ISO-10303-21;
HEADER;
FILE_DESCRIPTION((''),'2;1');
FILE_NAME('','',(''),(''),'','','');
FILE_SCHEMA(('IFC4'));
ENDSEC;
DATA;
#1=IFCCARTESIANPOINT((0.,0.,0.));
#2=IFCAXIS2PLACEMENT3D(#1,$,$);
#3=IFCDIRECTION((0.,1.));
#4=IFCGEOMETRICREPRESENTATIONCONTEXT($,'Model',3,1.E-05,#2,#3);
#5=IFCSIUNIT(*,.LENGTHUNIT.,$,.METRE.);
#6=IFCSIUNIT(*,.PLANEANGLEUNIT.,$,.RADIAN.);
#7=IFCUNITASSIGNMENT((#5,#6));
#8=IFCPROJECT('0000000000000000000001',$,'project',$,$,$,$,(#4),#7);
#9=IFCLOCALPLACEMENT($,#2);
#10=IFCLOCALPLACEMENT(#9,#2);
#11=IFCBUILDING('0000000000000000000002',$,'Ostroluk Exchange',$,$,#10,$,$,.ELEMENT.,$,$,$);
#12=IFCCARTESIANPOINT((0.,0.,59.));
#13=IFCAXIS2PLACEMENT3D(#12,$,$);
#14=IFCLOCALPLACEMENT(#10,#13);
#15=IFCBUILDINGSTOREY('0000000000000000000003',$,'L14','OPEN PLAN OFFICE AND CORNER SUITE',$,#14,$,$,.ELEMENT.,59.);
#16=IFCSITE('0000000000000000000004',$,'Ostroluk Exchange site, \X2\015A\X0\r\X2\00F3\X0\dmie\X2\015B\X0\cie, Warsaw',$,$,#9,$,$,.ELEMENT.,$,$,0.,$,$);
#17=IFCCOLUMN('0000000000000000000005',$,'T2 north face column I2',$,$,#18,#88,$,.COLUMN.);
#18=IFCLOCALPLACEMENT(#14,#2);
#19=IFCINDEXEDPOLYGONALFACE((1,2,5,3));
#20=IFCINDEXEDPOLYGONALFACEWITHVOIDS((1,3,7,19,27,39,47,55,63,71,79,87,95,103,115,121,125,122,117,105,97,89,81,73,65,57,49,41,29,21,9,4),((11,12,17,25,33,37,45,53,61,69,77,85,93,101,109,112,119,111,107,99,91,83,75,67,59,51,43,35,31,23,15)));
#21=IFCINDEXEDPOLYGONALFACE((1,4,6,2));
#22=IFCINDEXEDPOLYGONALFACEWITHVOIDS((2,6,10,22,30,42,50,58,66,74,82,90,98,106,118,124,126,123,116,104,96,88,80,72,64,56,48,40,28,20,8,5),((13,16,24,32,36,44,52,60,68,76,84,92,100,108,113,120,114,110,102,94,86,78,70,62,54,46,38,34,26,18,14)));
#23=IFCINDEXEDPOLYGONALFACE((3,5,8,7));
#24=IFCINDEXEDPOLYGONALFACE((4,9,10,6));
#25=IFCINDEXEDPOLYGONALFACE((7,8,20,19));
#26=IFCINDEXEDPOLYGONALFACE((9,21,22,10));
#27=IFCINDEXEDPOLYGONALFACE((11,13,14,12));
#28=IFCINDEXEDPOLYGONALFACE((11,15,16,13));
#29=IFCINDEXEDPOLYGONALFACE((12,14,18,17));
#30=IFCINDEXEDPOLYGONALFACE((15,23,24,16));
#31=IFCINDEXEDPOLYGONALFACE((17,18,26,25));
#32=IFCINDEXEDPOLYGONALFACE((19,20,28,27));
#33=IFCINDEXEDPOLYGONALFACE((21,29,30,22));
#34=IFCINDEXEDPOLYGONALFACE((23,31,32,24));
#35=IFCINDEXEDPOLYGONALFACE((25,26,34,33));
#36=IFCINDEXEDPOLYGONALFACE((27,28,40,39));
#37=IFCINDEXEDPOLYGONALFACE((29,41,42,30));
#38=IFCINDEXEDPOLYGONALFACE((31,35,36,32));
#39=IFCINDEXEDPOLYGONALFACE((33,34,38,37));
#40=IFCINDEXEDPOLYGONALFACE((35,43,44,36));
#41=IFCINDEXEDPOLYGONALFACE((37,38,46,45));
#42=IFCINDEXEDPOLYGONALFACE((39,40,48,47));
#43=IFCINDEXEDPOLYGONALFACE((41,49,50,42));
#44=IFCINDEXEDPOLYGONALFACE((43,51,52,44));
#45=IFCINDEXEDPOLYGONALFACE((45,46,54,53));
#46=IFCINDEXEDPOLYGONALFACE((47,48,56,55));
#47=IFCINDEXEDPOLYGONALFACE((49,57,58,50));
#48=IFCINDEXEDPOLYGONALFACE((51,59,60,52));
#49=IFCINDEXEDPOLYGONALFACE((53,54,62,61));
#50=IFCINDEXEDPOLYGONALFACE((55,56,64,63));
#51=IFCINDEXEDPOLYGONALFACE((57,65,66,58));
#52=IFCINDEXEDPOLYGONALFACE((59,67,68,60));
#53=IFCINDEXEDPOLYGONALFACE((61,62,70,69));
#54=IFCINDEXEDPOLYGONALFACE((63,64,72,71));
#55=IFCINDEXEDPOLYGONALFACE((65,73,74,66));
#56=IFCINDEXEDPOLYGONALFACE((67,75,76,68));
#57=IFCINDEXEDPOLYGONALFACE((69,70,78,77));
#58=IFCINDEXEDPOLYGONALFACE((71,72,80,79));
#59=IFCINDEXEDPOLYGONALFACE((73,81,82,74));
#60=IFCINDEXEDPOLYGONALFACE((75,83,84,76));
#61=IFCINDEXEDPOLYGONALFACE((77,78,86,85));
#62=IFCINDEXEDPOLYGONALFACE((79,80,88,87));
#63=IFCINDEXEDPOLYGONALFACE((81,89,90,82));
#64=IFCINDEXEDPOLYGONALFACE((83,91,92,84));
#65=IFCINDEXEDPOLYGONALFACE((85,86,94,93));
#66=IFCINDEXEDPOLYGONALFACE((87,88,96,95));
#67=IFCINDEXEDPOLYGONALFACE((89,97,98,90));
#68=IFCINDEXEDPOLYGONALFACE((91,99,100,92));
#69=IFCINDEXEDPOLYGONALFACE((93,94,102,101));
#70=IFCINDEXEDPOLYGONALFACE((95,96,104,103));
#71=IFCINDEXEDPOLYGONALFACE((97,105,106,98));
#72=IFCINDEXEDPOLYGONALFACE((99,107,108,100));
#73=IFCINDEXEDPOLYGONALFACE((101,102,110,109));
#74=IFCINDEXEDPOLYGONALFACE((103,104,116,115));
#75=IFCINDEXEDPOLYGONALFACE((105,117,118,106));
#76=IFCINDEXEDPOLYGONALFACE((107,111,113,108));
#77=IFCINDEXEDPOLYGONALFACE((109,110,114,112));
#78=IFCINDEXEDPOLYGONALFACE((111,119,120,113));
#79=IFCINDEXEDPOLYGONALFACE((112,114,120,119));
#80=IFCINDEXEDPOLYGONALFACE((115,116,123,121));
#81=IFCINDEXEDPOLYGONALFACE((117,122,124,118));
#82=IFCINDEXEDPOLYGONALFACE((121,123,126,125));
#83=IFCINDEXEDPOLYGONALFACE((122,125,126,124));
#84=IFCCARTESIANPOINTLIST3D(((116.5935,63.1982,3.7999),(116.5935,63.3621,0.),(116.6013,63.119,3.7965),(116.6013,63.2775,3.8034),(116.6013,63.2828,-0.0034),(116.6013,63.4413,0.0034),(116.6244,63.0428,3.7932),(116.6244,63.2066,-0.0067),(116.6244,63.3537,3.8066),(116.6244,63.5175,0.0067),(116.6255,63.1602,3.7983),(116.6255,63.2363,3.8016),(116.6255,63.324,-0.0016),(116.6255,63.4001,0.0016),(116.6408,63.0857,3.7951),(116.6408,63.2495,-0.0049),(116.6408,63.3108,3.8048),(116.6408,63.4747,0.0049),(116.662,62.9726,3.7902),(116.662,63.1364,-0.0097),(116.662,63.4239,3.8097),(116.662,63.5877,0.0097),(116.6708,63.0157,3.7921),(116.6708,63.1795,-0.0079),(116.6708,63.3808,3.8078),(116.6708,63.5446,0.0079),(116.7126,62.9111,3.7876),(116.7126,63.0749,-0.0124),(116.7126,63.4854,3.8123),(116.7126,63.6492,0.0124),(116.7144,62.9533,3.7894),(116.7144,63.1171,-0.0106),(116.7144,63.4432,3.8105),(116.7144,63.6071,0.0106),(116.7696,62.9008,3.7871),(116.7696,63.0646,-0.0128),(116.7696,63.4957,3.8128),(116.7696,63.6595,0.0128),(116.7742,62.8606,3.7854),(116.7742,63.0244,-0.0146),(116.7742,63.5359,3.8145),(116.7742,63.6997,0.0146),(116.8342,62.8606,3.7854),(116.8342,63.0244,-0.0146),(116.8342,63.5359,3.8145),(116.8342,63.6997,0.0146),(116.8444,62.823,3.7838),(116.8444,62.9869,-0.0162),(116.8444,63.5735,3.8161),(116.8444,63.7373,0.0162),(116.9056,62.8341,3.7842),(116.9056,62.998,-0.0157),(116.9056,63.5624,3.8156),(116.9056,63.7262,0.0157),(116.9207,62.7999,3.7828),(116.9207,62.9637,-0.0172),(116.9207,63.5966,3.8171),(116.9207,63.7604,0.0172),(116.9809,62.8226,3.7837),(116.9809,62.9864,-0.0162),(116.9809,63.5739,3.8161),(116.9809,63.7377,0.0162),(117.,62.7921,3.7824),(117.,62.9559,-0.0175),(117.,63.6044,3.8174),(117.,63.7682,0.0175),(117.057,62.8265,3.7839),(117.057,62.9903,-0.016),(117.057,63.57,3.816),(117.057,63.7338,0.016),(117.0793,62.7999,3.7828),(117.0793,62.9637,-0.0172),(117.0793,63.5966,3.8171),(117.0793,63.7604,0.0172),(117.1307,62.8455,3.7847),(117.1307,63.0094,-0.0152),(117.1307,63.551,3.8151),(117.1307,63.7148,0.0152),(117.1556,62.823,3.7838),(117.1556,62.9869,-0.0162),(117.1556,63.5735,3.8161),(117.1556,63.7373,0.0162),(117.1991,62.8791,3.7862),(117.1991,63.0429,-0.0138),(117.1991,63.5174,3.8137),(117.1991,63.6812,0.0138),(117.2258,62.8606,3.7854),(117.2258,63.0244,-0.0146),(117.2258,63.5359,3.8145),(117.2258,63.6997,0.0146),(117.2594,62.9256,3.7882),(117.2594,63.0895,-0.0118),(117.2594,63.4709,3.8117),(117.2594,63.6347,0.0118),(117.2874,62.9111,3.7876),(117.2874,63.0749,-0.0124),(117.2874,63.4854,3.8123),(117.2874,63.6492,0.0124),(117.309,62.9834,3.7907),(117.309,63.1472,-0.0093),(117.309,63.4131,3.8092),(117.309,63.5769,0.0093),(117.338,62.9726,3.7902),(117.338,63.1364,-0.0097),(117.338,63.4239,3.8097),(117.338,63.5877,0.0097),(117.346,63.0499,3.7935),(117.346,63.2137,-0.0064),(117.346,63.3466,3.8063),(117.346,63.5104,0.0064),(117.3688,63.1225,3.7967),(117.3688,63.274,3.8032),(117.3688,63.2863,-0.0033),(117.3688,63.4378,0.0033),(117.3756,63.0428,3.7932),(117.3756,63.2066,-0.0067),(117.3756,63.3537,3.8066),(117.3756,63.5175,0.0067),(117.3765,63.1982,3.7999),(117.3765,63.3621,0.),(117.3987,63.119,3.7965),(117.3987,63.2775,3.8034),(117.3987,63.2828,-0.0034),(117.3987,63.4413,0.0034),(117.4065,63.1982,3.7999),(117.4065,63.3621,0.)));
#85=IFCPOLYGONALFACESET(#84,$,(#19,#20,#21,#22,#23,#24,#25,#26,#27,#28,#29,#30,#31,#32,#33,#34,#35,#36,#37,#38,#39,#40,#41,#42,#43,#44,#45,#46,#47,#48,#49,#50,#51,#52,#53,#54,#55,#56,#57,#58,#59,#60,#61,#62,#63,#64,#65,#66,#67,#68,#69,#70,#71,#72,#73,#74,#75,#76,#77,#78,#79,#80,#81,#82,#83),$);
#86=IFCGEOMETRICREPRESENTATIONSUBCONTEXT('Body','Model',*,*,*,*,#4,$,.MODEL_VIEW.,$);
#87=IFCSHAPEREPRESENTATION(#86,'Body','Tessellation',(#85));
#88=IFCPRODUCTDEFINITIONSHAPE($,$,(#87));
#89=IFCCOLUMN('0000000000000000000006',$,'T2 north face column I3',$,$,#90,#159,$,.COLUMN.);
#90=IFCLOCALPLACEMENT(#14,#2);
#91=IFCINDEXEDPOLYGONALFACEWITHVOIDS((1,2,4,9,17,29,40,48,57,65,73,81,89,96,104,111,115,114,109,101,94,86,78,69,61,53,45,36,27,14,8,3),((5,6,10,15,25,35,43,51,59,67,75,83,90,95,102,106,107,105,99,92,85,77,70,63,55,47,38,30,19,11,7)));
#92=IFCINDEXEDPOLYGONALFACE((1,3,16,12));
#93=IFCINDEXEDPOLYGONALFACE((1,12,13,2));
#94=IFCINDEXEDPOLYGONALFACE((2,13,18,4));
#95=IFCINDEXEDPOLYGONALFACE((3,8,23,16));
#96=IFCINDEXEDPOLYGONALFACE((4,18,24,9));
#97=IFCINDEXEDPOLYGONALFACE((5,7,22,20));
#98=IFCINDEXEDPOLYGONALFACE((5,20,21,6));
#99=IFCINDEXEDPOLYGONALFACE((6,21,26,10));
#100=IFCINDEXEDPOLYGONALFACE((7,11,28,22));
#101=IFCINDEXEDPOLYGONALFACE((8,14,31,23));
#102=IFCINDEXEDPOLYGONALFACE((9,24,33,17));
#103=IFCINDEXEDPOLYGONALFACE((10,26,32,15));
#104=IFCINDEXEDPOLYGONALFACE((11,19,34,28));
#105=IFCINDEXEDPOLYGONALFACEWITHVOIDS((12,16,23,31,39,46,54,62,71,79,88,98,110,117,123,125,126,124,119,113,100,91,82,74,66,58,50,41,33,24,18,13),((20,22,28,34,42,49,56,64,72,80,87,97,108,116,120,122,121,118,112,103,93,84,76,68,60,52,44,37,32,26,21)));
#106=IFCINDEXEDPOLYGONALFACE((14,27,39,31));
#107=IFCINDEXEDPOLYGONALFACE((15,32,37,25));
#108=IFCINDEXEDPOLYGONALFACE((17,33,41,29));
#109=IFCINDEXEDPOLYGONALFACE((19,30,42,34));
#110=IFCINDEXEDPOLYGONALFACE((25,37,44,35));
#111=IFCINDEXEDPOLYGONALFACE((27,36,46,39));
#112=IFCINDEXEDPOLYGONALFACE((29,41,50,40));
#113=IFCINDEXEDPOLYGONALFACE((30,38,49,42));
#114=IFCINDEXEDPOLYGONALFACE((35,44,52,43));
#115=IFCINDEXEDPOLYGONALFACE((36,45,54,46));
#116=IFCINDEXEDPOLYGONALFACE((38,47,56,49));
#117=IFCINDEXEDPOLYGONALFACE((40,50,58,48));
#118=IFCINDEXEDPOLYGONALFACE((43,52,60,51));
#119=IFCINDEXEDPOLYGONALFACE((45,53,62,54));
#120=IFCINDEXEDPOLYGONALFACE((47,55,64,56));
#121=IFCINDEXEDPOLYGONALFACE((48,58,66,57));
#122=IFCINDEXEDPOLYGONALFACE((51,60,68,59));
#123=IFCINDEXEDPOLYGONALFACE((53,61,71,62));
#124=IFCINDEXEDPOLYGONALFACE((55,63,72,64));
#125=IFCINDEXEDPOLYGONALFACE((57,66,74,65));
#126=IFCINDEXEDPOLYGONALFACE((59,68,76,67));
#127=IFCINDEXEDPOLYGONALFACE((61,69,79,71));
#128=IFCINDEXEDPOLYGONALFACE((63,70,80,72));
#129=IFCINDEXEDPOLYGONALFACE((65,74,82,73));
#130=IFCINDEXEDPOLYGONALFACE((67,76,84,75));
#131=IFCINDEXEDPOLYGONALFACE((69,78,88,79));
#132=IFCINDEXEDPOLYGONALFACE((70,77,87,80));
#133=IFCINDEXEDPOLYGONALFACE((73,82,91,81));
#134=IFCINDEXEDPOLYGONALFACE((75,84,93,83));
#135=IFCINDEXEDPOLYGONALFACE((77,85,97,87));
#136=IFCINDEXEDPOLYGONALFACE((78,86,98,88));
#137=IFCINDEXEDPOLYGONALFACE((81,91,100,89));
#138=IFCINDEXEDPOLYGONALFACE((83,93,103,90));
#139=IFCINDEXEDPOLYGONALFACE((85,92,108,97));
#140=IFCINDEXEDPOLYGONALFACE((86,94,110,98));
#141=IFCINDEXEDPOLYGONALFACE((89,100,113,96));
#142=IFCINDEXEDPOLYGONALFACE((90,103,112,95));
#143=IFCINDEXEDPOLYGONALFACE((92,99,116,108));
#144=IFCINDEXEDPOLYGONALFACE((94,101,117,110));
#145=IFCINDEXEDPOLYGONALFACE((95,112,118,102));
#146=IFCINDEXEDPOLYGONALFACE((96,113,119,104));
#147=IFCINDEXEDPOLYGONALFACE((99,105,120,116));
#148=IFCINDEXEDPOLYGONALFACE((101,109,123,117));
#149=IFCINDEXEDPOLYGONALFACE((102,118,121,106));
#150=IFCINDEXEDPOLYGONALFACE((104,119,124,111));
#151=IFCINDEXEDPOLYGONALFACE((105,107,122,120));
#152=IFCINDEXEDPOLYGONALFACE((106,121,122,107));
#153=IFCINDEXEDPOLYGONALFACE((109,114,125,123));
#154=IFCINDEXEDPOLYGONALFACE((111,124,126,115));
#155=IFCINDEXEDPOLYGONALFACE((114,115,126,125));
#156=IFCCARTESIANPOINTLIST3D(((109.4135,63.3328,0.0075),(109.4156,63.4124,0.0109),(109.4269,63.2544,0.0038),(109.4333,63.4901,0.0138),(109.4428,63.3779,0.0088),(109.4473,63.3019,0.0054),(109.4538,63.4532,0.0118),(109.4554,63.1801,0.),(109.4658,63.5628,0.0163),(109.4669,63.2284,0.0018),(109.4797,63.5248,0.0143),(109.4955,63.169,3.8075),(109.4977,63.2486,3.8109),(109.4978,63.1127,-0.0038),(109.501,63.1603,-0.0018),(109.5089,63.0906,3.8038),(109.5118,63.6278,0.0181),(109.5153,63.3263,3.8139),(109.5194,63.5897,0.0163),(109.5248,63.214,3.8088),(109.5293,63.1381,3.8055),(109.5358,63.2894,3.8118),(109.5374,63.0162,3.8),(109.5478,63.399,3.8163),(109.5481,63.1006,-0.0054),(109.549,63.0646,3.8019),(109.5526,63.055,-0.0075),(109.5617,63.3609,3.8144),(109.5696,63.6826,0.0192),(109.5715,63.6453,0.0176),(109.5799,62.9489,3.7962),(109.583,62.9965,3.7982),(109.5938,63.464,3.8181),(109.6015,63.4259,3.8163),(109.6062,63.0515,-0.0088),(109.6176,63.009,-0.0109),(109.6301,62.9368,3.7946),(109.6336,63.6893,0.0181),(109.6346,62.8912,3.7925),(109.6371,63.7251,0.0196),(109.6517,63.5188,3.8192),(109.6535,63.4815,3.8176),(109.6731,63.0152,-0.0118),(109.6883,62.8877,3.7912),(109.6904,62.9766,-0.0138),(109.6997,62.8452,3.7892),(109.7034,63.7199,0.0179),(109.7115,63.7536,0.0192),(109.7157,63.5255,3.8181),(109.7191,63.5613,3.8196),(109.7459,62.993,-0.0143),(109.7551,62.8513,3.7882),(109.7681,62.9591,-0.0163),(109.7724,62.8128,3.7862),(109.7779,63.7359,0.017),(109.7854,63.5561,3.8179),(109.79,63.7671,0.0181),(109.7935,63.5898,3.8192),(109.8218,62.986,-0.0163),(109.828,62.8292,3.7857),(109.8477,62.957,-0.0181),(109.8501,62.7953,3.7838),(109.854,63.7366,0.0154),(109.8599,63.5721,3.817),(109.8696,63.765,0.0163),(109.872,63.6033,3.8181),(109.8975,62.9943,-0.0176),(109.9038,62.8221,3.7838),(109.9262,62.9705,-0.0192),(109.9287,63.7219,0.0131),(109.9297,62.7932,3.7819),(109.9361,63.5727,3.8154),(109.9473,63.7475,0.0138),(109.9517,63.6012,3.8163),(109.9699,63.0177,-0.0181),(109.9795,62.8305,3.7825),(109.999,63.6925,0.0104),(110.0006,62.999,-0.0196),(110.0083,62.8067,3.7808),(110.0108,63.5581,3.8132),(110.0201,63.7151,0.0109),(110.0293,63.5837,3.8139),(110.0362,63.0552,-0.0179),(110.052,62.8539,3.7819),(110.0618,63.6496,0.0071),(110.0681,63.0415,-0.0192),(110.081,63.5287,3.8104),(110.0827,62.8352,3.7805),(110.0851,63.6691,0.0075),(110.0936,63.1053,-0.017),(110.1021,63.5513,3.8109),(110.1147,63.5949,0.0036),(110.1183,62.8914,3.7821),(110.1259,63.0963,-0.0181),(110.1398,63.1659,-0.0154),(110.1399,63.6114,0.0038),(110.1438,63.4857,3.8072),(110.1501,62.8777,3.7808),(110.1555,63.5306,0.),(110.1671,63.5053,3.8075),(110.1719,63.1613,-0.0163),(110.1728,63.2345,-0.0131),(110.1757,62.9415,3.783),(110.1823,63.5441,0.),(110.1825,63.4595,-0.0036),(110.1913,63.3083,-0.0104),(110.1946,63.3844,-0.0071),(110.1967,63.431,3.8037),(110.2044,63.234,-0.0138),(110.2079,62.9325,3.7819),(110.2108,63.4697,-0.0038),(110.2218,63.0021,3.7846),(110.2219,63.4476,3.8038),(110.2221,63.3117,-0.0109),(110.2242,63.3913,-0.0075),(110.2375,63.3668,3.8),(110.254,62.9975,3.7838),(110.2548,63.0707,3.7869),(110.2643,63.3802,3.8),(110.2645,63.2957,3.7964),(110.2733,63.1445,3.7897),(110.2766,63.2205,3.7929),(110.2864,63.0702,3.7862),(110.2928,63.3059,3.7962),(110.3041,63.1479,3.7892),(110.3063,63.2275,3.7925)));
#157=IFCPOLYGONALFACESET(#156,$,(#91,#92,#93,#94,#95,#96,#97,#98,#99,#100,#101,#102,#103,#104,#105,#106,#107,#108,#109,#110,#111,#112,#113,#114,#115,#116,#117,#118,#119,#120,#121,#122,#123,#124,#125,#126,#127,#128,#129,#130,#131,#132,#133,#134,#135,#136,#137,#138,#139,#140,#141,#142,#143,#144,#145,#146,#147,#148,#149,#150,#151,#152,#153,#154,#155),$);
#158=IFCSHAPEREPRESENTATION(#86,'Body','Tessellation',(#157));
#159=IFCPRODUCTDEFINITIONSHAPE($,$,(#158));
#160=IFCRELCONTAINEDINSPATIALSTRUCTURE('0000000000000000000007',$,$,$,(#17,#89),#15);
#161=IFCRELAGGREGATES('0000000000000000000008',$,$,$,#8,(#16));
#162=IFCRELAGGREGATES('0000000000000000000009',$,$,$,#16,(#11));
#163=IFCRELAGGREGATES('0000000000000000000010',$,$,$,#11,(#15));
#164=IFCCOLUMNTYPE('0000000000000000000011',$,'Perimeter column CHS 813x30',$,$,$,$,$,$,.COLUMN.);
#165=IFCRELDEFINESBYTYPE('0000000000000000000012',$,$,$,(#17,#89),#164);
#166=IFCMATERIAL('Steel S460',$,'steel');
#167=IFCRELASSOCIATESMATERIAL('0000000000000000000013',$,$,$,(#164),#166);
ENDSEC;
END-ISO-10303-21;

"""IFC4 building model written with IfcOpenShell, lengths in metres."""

from ifc_helpers import new_model, si_unit, direction, frame, origin, origin_2d, place, context, subcontext, project, spatial, hollow_circle, extrude, material, material_profile, profile_set, type_object, element, save


model = new_model("IFC4")

# Units and contexts
model_context = context("Model", 3, precision=1e-05, world=origin(), true_north=direction((0.0, 1.0)))
body_context = subcontext(model_context, "Body", "Model", "MODEL_VIEW")
ifc_project = project(units=[si_unit("LENGTHUNIT", "METRE"), si_unit("PLANEANGLEUNIT", "RADIAN")], contexts=[model_context])

# Site, building, storey
site_placement = place(None, origin())
site = spatial("IfcSite", under=ifc_project, at=site_placement, Name="Ostroluk Exchange site, Śródmieście, Warsaw", CompositionType="ELEMENT", RefElevation=0.0)
building_placement = place(site_placement, origin())
building = spatial("IfcBuilding", under=site, at=building_placement, Name="Ostroluk Exchange", CompositionType="ELEMENT")
storey_placement = place(building_placement, frame((0.0, 0.0, 59.0)))
storey = spatial("IfcBuildingStorey", under=building, at=storey_placement, Name="L14", Description="OPEN PLAN OFFICE AND CORNER SUITE", CompositionType="ELEMENT", Elevation=59.0)

# Columns
ifc_material_1 = material(Name="Steel S460", Category="steel")
ifc_material_profile_1 = material_profile(ifc_material_1, hollow_circle(Radius=0.4065, WallThickness=0.03, at=origin_2d()), Name="CHS 813x30")
ifc_profile_set_1 = profile_set([ifc_material_profile_1], Name="Steel S460")
column_type = type_object("IfcColumnType", Name="Perimeter column CHS 813x30", PredefinedType="COLUMN", material=ifc_profile_set_1)
column_1_placement = place(storey_placement, frame((117.0, 63.3621, 0.0), z_axis=(0.0, -0.04307, 0.999072), x_axis=(1.0, 0.0, 0.0)))
element("IfcColumn", 1, at=column_1_placement, inside=storey, type_object=column_type, Name="T2 north face column I2", PredefinedType="COLUMN", context=body_context, shape_type="SweptSolid", body=[
    extrude(hollow_circle(Radius=0.4065, WallThickness=0.03, at=origin_2d()), origin(), (0.0, 0.0, 1.0), 3.8035),
])
column_2_placement = place(storey_placement, frame((109.8188, 63.3621, 0.0), z_axis=(0.021562, -0.04306, 0.99884), x_axis=(0.894161, 0.447747, 0.0)))
element("IfcColumn", 2, at=column_2_placement, inside=storey, type_object=column_type, Name="T2 north face column I3", PredefinedType="COLUMN", context=body_context, shape_type="SweptSolid", body=[
    extrude(hollow_circle(Radius=0.4065, WallThickness=0.03, at=origin_2d()), origin(), (0.0, 0.0, 1.0), 3.8044),
])

save(model, "model.ifc")
